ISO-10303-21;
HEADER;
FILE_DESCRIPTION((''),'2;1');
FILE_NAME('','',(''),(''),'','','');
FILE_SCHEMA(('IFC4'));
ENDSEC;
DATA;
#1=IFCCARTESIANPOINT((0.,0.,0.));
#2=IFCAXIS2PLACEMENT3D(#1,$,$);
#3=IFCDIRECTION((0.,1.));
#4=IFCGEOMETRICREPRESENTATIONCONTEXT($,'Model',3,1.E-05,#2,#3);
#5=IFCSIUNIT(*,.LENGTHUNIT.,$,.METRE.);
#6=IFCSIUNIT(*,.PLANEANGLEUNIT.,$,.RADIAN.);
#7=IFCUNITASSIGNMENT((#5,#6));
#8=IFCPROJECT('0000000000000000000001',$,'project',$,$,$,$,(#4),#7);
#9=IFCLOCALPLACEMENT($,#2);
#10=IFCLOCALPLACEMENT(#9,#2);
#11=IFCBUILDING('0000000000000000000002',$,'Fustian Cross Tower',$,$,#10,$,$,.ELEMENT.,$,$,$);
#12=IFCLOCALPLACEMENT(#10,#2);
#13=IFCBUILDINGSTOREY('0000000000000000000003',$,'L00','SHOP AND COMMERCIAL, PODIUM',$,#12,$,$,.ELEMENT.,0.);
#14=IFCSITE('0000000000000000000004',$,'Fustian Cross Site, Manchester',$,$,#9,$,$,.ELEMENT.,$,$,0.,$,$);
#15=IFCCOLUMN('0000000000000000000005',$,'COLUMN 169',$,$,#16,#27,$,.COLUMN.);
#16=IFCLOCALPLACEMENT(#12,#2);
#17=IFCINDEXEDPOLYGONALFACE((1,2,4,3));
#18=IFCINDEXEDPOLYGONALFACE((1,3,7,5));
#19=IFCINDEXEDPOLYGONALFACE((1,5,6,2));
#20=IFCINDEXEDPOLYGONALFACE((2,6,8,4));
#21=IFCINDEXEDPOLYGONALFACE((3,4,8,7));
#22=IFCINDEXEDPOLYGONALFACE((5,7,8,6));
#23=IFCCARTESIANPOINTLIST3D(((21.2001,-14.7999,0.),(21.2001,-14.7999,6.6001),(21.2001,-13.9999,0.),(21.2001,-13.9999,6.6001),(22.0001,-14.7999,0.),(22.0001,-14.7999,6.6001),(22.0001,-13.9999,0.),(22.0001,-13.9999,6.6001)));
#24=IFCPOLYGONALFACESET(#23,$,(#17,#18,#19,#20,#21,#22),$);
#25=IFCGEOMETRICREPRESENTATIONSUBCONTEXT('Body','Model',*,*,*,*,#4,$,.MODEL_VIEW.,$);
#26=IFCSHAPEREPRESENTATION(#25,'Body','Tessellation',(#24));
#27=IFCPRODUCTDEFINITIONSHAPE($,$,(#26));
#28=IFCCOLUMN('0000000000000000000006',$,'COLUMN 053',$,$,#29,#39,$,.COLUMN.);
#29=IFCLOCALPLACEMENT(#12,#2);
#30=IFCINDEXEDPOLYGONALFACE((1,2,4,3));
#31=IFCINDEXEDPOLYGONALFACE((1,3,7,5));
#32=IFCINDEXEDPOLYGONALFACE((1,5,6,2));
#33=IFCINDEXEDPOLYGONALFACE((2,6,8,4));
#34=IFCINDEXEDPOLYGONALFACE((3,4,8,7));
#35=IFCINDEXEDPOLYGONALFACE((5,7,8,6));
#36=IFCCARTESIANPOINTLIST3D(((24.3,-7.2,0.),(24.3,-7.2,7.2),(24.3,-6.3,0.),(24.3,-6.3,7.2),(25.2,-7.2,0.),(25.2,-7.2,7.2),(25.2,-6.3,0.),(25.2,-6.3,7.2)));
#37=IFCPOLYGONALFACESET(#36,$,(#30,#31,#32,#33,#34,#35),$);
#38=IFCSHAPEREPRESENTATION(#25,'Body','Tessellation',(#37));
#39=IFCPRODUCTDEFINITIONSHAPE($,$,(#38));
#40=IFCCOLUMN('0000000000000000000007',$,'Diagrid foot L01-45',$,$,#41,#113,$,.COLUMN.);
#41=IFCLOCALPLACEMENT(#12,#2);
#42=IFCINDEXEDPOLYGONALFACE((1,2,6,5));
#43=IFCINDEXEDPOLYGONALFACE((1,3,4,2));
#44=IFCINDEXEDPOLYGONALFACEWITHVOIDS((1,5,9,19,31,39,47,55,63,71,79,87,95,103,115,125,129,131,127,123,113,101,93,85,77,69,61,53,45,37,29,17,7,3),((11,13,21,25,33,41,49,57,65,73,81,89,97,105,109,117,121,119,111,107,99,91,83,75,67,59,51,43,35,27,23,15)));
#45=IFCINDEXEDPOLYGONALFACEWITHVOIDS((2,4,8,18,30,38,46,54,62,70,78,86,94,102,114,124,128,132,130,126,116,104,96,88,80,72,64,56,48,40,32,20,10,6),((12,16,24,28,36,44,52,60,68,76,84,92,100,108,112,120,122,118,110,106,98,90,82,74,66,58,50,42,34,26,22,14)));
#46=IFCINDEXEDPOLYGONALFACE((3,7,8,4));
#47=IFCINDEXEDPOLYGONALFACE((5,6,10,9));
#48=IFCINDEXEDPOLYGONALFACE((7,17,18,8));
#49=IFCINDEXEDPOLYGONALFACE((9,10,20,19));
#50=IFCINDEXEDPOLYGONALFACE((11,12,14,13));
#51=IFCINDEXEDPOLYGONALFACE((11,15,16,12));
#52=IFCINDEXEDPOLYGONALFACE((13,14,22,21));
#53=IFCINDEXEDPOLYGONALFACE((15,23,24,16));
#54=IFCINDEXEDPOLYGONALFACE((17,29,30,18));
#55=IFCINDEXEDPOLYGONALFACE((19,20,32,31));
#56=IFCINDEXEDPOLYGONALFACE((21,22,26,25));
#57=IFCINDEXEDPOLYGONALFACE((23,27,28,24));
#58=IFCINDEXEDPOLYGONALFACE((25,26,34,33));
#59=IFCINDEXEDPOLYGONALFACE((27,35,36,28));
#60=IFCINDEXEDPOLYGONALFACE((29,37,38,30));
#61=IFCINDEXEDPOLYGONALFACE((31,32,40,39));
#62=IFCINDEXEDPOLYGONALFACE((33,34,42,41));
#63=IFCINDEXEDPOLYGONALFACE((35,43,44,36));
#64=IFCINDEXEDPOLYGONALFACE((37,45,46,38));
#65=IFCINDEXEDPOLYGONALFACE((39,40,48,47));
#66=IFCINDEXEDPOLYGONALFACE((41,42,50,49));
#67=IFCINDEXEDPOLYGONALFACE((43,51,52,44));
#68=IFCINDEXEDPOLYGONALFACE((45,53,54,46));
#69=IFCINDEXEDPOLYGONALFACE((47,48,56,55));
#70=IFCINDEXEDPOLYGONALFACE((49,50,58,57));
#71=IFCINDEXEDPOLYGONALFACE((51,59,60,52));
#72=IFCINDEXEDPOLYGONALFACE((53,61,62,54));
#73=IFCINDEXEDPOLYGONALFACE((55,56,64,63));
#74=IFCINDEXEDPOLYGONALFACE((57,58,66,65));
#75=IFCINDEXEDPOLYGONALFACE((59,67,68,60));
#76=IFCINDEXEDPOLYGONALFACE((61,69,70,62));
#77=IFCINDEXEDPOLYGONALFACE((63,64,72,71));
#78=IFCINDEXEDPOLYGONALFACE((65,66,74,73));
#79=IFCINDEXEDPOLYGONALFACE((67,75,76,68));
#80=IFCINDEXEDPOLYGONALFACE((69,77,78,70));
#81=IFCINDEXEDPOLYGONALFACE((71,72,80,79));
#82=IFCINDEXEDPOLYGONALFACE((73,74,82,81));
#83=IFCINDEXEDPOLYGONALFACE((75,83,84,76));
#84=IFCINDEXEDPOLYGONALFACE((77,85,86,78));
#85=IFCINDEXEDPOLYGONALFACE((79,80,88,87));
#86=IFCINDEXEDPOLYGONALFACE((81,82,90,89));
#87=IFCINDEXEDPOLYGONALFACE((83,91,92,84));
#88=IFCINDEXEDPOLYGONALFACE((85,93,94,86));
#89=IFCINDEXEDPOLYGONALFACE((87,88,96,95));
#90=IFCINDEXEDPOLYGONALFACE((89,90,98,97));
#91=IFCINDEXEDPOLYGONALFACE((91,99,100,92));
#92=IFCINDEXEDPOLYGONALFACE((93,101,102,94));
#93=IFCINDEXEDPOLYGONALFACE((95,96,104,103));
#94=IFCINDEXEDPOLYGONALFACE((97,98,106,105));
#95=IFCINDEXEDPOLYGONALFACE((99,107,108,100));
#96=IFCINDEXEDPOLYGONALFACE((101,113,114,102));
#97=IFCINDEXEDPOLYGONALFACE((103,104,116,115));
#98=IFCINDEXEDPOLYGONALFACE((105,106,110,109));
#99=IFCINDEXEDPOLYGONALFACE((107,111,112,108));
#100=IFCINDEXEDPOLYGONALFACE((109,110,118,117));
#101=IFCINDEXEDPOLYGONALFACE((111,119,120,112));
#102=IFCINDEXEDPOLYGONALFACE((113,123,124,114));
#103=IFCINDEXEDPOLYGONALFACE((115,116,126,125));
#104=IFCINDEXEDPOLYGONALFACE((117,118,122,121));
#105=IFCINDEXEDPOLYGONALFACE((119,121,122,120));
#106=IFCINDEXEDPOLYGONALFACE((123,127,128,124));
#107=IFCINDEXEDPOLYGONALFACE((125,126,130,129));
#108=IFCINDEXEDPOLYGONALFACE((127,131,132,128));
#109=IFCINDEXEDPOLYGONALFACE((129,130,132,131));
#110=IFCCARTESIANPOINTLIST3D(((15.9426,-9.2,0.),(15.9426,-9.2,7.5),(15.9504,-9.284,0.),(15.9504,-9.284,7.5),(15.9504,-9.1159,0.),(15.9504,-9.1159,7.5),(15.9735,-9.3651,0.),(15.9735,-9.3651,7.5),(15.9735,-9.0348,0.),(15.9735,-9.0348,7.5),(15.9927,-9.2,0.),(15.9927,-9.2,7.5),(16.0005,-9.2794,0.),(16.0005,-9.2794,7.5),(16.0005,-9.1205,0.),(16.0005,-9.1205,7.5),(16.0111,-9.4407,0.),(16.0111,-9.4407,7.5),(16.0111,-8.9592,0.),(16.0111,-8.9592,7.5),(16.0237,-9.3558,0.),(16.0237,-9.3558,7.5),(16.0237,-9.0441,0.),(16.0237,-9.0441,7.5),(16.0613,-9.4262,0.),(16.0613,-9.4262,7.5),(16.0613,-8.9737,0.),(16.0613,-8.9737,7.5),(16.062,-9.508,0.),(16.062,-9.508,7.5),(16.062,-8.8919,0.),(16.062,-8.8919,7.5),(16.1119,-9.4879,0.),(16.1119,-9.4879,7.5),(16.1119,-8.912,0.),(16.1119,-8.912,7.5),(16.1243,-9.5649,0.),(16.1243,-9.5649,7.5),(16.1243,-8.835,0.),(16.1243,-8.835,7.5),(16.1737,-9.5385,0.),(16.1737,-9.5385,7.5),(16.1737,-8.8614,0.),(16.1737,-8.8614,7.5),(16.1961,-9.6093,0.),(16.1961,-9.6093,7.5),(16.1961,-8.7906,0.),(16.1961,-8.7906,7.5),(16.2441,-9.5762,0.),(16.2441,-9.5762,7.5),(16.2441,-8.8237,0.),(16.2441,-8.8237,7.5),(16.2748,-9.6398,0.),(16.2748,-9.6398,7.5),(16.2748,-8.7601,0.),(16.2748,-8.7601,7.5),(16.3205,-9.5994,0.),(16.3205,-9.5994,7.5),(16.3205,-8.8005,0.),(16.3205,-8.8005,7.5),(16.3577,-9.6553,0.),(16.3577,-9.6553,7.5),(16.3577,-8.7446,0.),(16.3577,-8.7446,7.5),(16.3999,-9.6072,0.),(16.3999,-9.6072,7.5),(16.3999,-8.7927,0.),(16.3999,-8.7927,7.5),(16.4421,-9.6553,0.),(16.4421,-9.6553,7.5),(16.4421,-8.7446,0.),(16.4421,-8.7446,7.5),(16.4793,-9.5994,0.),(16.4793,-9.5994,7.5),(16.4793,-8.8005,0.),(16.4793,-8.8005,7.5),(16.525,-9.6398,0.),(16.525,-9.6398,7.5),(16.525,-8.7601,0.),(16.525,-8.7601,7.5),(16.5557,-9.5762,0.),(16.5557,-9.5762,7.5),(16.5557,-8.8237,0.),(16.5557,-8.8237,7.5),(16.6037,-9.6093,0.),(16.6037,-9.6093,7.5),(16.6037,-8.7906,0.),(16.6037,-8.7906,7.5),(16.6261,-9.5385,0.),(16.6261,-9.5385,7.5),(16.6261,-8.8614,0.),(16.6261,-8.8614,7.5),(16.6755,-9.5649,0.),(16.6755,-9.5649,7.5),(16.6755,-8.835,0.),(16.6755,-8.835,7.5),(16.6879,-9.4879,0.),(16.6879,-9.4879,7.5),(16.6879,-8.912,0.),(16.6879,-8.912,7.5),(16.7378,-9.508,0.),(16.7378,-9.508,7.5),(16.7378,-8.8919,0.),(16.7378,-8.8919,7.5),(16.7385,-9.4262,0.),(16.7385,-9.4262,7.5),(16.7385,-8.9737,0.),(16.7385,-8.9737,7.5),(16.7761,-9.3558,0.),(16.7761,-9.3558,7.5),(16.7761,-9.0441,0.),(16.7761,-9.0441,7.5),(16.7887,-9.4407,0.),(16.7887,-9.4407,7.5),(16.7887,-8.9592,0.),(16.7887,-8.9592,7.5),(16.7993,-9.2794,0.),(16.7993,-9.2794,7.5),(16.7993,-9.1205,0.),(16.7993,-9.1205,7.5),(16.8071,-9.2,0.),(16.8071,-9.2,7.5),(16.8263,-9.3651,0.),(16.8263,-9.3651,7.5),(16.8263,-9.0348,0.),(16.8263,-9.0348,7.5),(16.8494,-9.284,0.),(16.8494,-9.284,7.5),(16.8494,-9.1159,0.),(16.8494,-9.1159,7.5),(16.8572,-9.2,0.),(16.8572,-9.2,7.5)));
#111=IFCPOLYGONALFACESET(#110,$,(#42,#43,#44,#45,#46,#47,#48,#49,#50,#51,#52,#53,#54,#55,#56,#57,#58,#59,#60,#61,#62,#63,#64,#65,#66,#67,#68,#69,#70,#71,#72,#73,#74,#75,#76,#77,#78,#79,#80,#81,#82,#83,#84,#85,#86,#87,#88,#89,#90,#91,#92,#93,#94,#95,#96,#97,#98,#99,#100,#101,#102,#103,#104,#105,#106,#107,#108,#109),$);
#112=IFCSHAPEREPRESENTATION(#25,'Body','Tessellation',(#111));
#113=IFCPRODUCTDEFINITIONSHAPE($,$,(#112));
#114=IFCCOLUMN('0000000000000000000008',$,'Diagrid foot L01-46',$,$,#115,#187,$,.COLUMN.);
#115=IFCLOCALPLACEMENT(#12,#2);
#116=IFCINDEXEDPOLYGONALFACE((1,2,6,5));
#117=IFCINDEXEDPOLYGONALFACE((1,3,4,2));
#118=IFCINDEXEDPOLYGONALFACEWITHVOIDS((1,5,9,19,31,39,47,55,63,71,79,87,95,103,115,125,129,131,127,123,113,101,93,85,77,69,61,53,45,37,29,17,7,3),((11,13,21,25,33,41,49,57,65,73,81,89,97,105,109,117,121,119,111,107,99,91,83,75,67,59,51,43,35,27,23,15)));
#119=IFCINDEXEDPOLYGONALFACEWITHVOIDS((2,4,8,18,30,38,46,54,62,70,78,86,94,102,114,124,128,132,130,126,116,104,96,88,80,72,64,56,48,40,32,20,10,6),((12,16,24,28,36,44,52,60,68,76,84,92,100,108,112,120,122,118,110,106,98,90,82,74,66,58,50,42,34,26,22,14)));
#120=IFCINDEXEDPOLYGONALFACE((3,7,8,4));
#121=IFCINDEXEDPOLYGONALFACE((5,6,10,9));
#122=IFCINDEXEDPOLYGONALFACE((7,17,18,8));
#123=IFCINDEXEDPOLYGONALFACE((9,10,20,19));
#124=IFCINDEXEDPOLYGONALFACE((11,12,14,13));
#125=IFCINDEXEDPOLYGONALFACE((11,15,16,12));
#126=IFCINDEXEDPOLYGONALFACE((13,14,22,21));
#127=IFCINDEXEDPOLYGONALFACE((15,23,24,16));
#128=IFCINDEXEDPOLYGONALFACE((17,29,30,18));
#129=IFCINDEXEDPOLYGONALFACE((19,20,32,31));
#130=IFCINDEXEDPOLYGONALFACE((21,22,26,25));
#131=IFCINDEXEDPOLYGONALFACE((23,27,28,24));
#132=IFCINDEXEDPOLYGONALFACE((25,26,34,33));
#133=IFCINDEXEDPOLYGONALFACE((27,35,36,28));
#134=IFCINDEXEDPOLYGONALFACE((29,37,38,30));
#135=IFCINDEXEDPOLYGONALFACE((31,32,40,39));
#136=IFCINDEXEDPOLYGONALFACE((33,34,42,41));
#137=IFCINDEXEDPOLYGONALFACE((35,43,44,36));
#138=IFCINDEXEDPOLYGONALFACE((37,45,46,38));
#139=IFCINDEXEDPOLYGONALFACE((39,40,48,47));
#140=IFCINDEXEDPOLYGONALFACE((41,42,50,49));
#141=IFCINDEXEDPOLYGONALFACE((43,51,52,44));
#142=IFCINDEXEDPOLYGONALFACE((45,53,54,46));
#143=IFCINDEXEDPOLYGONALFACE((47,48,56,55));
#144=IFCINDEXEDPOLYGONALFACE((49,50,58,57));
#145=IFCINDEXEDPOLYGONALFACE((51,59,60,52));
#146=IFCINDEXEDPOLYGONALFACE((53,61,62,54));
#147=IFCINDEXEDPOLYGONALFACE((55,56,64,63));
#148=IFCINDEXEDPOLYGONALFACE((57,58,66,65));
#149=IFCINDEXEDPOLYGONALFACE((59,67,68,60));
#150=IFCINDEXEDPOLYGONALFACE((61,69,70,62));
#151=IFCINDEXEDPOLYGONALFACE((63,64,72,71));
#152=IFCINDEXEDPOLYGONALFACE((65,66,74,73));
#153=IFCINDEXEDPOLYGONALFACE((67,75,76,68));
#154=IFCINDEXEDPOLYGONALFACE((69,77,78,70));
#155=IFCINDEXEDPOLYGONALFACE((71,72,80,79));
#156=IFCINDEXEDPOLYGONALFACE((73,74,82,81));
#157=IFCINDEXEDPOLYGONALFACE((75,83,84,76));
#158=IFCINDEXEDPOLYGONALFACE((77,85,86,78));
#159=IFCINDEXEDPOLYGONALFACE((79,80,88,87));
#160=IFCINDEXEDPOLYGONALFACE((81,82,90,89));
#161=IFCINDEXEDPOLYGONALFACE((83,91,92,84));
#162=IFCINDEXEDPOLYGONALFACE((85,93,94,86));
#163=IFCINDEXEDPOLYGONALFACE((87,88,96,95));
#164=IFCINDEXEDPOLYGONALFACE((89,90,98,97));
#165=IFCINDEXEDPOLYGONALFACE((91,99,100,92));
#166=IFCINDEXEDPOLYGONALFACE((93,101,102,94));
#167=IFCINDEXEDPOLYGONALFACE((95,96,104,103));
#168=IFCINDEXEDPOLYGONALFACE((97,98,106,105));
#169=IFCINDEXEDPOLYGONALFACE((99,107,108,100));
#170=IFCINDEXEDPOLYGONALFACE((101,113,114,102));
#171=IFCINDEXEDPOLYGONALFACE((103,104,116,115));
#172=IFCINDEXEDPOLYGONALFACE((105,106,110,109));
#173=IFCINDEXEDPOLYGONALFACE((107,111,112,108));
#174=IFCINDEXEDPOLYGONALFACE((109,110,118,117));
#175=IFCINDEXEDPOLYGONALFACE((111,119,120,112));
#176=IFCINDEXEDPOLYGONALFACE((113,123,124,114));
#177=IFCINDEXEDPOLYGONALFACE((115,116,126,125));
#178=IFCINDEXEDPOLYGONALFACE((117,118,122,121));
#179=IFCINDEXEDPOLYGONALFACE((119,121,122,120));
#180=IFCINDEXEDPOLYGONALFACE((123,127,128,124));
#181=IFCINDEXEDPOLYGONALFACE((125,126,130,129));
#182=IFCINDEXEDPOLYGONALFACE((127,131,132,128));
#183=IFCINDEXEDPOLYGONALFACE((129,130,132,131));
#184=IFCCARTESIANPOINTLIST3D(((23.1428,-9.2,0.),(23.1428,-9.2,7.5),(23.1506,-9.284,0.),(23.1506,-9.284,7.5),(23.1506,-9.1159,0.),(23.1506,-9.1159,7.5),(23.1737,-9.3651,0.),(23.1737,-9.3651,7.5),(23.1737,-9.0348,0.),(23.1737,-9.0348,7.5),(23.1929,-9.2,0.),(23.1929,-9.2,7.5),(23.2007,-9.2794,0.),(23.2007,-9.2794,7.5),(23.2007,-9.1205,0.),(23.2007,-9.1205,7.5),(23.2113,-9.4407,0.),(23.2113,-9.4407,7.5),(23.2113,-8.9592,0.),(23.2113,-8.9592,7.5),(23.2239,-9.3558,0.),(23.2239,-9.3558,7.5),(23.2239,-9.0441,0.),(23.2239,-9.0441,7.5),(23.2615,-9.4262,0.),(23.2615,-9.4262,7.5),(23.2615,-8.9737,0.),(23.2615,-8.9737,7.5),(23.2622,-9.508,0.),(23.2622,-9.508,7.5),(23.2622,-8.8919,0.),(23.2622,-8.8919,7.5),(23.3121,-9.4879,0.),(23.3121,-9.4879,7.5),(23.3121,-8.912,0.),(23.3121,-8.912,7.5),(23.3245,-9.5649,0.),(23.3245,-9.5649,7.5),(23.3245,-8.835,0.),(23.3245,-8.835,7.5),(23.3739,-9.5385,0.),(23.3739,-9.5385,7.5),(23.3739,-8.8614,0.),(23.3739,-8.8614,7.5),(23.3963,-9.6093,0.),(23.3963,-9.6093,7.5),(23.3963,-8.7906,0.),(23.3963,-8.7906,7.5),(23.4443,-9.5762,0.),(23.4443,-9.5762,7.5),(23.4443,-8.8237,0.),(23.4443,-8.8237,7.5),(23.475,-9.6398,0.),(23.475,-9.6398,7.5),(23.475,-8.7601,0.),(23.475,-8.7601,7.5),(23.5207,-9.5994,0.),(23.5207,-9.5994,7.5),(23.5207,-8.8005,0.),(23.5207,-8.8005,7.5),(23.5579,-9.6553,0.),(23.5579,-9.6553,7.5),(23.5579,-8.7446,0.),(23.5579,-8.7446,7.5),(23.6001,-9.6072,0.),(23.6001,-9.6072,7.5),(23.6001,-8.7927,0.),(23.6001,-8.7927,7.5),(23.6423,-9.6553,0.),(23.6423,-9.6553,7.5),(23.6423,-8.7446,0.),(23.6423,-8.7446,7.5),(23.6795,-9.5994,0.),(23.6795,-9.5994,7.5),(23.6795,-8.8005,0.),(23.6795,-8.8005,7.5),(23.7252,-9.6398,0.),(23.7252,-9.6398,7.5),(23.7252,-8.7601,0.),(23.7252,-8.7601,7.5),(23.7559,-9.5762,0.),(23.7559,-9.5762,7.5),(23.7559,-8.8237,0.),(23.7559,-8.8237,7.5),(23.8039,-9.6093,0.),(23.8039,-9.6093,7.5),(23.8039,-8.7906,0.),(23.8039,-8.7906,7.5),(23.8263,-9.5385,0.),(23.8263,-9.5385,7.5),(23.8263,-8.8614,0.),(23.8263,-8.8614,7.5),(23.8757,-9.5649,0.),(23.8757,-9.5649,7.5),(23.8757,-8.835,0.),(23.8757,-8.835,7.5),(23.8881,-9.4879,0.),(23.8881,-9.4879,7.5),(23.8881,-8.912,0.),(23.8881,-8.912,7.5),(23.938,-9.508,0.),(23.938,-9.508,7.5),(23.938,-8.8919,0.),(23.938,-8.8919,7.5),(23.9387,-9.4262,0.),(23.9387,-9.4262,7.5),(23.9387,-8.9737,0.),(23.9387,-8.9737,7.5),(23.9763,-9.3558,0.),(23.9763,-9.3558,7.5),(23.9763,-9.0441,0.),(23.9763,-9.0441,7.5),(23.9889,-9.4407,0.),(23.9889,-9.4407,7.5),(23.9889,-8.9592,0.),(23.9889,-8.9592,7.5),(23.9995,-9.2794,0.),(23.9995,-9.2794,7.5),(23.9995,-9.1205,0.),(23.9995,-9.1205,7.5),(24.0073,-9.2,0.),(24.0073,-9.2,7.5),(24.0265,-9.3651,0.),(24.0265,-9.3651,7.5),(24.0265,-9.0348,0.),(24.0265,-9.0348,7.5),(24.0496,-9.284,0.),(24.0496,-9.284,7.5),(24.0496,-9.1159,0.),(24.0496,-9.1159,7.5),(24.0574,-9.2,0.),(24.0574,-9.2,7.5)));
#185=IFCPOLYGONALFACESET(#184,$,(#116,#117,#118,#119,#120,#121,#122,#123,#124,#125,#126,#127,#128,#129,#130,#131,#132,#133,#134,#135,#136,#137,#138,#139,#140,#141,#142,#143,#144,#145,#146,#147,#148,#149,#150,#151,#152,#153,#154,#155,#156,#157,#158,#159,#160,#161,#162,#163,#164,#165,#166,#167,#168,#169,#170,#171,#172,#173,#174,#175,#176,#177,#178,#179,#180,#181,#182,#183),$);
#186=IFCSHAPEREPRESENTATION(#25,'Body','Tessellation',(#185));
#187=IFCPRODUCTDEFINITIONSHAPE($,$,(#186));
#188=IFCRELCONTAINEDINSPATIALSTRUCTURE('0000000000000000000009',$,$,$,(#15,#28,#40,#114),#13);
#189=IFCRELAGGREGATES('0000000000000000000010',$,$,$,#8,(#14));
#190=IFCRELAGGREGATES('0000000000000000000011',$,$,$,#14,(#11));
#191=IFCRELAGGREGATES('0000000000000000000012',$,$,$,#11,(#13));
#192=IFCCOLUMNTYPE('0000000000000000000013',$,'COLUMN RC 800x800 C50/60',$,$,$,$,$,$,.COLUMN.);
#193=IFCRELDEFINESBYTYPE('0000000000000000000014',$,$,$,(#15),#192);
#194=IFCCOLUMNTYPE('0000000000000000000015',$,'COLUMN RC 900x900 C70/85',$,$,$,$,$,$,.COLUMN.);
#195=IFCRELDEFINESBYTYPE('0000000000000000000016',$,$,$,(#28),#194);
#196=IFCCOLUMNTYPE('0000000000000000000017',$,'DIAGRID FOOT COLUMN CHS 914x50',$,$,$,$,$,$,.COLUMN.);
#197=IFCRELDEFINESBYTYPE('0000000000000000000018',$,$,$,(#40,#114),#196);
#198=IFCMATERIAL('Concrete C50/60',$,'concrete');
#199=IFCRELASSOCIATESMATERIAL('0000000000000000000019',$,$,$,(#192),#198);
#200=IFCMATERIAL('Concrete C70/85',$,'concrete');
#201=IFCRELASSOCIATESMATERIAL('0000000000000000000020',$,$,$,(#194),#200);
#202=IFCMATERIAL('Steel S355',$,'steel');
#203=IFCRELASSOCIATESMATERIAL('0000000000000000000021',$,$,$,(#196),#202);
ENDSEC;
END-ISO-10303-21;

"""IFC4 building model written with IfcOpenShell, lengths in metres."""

from ifc_helpers import new_model, si_unit, direction, frame, origin, origin_2d, place, context, subcontext, project, spatial, rectangle, hollow_circle, extrude, material, material_profile, profile_set, type_object, element, save


model = new_model("IFC4")

# Units and contexts
model_context = context("Model", 3, precision=1e-05, world=origin(), true_north=direction((0.0, 1.0)))
body_context = subcontext(model_context, "Body", "Model", "MODEL_VIEW")
ifc_project = project(units=[si_unit("LENGTHUNIT", "METRE"), si_unit("PLANEANGLEUNIT", "RADIAN")], contexts=[model_context])

# Site, building, storey
site_placement = place(None, origin())
site = spatial("IfcSite", under=ifc_project, at=site_placement, Name="Fustian Cross Site, Manchester", CompositionType="ELEMENT", RefElevation=0.0)
building_placement = place(site_placement, origin())
building = spatial("IfcBuilding", under=site, at=building_placement, Name="Fustian Cross Tower", CompositionType="ELEMENT")
storey_placement = place(building_placement, origin())
storey = spatial("IfcBuildingStorey", under=building, at=storey_placement, Name="L00", Description="SHOP AND COMMERCIAL, PODIUM", CompositionType="ELEMENT", Elevation=0.0)

# Columns
ifc_material_1 = material(Name="Concrete C50/60", Category="concrete")
ifc_material_profile_1 = material_profile(ifc_material_1, rectangle(XDim=0.8, YDim=0.8, at=origin_2d()), Name="RC 800x800")
ifc_profile_set_1 = profile_set([ifc_material_profile_1], Name="Concrete C50/60")
column_type_1 = type_object("IfcColumnType", Name="COLUMN RC 800x800 C50/60", PredefinedType="COLUMN", material=ifc_profile_set_1)
column_1_placement = place(storey_placement, frame((21.6001, -14.3999, 0.0), z_axis=(0.0, 0.0, 1.0), x_axis=(1.0, 0.0, 0.0)))
element("IfcColumn", 1, at=column_1_placement, inside=storey, type_object=column_type_1, Name="COLUMN 169", PredefinedType="COLUMN", context=body_context, shape_type="SweptSolid", body=[
    extrude(rectangle(XDim=0.8, YDim=0.8, at=origin_2d()), origin(), (0.0, 0.0, 1.0), 6.6001),
])
ifc_material_2 = material(Name="Concrete C70/85", Category="concrete")
ifc_material_profile_2 = material_profile(ifc_material_2, rectangle(XDim=0.8999, YDim=0.8999, at=origin_2d()), Name="RC 900x900")
ifc_profile_set_2 = profile_set([ifc_material_profile_2], Name="Concrete C70/85")
column_type_2 = type_object("IfcColumnType", Name="COLUMN RC 900x900 C70/85", PredefinedType="COLUMN", material=ifc_profile_set_2)
column_2_placement = place(storey_placement, frame((24.75, -6.75, 0.0), z_axis=(0.0, 0.0, 1.0), x_axis=(1.0, 0.0, 0.0)))
element("IfcColumn", 2, at=column_2_placement, inside=storey, type_object=column_type_2, Name="COLUMN 053", PredefinedType="COLUMN", context=body_context, shape_type="SweptSolid", body=[
    extrude(rectangle(XDim=0.8999, YDim=0.8999, at=origin_2d()), origin(), (0.0, 0.0, 1.0), 7.2),
])
ifc_material_3 = material(Name="Steel S355", Category="steel")
ifc_material_profile_3 = material_profile(ifc_material_3, hollow_circle(Radius=0.4573, WallThickness=0.05, at=origin_2d()), Name="CHS 914x50")
ifc_profile_set_3 = profile_set([ifc_material_profile_3], Name="Steel S355")
column_type_3 = type_object("IfcColumnType", Name="DIAGRID FOOT COLUMN CHS 914x50", PredefinedType="COLUMN", material=ifc_profile_set_3)
for number, where, z_axis, x_axis, name in (
    (3, (16.3999, -9.2, 0.0), (0.0, 0.0, 1.0), (1.0, 0.0, 0.0), "Diagrid foot L01-45"),
    (4, (23.6001, -9.2, 0.0), (0.0, 0.0, 1.0), (1.0, 0.0, 0.0), "Diagrid foot L01-46"),
):
    element("IfcColumn", number, at=place(storey_placement, frame(where, z_axis=z_axis, x_axis=x_axis)), inside=storey, type_object=column_type_3, Name=name, PredefinedType="COLUMN", context=body_context, shape_type="SweptSolid", body=[
        extrude(hollow_circle(Radius=0.4573, WallThickness=0.05, at=origin_2d()), origin(), (0.0, 0.0, 1.0), 7.5),
    ])

save(model, "model.ifc")
